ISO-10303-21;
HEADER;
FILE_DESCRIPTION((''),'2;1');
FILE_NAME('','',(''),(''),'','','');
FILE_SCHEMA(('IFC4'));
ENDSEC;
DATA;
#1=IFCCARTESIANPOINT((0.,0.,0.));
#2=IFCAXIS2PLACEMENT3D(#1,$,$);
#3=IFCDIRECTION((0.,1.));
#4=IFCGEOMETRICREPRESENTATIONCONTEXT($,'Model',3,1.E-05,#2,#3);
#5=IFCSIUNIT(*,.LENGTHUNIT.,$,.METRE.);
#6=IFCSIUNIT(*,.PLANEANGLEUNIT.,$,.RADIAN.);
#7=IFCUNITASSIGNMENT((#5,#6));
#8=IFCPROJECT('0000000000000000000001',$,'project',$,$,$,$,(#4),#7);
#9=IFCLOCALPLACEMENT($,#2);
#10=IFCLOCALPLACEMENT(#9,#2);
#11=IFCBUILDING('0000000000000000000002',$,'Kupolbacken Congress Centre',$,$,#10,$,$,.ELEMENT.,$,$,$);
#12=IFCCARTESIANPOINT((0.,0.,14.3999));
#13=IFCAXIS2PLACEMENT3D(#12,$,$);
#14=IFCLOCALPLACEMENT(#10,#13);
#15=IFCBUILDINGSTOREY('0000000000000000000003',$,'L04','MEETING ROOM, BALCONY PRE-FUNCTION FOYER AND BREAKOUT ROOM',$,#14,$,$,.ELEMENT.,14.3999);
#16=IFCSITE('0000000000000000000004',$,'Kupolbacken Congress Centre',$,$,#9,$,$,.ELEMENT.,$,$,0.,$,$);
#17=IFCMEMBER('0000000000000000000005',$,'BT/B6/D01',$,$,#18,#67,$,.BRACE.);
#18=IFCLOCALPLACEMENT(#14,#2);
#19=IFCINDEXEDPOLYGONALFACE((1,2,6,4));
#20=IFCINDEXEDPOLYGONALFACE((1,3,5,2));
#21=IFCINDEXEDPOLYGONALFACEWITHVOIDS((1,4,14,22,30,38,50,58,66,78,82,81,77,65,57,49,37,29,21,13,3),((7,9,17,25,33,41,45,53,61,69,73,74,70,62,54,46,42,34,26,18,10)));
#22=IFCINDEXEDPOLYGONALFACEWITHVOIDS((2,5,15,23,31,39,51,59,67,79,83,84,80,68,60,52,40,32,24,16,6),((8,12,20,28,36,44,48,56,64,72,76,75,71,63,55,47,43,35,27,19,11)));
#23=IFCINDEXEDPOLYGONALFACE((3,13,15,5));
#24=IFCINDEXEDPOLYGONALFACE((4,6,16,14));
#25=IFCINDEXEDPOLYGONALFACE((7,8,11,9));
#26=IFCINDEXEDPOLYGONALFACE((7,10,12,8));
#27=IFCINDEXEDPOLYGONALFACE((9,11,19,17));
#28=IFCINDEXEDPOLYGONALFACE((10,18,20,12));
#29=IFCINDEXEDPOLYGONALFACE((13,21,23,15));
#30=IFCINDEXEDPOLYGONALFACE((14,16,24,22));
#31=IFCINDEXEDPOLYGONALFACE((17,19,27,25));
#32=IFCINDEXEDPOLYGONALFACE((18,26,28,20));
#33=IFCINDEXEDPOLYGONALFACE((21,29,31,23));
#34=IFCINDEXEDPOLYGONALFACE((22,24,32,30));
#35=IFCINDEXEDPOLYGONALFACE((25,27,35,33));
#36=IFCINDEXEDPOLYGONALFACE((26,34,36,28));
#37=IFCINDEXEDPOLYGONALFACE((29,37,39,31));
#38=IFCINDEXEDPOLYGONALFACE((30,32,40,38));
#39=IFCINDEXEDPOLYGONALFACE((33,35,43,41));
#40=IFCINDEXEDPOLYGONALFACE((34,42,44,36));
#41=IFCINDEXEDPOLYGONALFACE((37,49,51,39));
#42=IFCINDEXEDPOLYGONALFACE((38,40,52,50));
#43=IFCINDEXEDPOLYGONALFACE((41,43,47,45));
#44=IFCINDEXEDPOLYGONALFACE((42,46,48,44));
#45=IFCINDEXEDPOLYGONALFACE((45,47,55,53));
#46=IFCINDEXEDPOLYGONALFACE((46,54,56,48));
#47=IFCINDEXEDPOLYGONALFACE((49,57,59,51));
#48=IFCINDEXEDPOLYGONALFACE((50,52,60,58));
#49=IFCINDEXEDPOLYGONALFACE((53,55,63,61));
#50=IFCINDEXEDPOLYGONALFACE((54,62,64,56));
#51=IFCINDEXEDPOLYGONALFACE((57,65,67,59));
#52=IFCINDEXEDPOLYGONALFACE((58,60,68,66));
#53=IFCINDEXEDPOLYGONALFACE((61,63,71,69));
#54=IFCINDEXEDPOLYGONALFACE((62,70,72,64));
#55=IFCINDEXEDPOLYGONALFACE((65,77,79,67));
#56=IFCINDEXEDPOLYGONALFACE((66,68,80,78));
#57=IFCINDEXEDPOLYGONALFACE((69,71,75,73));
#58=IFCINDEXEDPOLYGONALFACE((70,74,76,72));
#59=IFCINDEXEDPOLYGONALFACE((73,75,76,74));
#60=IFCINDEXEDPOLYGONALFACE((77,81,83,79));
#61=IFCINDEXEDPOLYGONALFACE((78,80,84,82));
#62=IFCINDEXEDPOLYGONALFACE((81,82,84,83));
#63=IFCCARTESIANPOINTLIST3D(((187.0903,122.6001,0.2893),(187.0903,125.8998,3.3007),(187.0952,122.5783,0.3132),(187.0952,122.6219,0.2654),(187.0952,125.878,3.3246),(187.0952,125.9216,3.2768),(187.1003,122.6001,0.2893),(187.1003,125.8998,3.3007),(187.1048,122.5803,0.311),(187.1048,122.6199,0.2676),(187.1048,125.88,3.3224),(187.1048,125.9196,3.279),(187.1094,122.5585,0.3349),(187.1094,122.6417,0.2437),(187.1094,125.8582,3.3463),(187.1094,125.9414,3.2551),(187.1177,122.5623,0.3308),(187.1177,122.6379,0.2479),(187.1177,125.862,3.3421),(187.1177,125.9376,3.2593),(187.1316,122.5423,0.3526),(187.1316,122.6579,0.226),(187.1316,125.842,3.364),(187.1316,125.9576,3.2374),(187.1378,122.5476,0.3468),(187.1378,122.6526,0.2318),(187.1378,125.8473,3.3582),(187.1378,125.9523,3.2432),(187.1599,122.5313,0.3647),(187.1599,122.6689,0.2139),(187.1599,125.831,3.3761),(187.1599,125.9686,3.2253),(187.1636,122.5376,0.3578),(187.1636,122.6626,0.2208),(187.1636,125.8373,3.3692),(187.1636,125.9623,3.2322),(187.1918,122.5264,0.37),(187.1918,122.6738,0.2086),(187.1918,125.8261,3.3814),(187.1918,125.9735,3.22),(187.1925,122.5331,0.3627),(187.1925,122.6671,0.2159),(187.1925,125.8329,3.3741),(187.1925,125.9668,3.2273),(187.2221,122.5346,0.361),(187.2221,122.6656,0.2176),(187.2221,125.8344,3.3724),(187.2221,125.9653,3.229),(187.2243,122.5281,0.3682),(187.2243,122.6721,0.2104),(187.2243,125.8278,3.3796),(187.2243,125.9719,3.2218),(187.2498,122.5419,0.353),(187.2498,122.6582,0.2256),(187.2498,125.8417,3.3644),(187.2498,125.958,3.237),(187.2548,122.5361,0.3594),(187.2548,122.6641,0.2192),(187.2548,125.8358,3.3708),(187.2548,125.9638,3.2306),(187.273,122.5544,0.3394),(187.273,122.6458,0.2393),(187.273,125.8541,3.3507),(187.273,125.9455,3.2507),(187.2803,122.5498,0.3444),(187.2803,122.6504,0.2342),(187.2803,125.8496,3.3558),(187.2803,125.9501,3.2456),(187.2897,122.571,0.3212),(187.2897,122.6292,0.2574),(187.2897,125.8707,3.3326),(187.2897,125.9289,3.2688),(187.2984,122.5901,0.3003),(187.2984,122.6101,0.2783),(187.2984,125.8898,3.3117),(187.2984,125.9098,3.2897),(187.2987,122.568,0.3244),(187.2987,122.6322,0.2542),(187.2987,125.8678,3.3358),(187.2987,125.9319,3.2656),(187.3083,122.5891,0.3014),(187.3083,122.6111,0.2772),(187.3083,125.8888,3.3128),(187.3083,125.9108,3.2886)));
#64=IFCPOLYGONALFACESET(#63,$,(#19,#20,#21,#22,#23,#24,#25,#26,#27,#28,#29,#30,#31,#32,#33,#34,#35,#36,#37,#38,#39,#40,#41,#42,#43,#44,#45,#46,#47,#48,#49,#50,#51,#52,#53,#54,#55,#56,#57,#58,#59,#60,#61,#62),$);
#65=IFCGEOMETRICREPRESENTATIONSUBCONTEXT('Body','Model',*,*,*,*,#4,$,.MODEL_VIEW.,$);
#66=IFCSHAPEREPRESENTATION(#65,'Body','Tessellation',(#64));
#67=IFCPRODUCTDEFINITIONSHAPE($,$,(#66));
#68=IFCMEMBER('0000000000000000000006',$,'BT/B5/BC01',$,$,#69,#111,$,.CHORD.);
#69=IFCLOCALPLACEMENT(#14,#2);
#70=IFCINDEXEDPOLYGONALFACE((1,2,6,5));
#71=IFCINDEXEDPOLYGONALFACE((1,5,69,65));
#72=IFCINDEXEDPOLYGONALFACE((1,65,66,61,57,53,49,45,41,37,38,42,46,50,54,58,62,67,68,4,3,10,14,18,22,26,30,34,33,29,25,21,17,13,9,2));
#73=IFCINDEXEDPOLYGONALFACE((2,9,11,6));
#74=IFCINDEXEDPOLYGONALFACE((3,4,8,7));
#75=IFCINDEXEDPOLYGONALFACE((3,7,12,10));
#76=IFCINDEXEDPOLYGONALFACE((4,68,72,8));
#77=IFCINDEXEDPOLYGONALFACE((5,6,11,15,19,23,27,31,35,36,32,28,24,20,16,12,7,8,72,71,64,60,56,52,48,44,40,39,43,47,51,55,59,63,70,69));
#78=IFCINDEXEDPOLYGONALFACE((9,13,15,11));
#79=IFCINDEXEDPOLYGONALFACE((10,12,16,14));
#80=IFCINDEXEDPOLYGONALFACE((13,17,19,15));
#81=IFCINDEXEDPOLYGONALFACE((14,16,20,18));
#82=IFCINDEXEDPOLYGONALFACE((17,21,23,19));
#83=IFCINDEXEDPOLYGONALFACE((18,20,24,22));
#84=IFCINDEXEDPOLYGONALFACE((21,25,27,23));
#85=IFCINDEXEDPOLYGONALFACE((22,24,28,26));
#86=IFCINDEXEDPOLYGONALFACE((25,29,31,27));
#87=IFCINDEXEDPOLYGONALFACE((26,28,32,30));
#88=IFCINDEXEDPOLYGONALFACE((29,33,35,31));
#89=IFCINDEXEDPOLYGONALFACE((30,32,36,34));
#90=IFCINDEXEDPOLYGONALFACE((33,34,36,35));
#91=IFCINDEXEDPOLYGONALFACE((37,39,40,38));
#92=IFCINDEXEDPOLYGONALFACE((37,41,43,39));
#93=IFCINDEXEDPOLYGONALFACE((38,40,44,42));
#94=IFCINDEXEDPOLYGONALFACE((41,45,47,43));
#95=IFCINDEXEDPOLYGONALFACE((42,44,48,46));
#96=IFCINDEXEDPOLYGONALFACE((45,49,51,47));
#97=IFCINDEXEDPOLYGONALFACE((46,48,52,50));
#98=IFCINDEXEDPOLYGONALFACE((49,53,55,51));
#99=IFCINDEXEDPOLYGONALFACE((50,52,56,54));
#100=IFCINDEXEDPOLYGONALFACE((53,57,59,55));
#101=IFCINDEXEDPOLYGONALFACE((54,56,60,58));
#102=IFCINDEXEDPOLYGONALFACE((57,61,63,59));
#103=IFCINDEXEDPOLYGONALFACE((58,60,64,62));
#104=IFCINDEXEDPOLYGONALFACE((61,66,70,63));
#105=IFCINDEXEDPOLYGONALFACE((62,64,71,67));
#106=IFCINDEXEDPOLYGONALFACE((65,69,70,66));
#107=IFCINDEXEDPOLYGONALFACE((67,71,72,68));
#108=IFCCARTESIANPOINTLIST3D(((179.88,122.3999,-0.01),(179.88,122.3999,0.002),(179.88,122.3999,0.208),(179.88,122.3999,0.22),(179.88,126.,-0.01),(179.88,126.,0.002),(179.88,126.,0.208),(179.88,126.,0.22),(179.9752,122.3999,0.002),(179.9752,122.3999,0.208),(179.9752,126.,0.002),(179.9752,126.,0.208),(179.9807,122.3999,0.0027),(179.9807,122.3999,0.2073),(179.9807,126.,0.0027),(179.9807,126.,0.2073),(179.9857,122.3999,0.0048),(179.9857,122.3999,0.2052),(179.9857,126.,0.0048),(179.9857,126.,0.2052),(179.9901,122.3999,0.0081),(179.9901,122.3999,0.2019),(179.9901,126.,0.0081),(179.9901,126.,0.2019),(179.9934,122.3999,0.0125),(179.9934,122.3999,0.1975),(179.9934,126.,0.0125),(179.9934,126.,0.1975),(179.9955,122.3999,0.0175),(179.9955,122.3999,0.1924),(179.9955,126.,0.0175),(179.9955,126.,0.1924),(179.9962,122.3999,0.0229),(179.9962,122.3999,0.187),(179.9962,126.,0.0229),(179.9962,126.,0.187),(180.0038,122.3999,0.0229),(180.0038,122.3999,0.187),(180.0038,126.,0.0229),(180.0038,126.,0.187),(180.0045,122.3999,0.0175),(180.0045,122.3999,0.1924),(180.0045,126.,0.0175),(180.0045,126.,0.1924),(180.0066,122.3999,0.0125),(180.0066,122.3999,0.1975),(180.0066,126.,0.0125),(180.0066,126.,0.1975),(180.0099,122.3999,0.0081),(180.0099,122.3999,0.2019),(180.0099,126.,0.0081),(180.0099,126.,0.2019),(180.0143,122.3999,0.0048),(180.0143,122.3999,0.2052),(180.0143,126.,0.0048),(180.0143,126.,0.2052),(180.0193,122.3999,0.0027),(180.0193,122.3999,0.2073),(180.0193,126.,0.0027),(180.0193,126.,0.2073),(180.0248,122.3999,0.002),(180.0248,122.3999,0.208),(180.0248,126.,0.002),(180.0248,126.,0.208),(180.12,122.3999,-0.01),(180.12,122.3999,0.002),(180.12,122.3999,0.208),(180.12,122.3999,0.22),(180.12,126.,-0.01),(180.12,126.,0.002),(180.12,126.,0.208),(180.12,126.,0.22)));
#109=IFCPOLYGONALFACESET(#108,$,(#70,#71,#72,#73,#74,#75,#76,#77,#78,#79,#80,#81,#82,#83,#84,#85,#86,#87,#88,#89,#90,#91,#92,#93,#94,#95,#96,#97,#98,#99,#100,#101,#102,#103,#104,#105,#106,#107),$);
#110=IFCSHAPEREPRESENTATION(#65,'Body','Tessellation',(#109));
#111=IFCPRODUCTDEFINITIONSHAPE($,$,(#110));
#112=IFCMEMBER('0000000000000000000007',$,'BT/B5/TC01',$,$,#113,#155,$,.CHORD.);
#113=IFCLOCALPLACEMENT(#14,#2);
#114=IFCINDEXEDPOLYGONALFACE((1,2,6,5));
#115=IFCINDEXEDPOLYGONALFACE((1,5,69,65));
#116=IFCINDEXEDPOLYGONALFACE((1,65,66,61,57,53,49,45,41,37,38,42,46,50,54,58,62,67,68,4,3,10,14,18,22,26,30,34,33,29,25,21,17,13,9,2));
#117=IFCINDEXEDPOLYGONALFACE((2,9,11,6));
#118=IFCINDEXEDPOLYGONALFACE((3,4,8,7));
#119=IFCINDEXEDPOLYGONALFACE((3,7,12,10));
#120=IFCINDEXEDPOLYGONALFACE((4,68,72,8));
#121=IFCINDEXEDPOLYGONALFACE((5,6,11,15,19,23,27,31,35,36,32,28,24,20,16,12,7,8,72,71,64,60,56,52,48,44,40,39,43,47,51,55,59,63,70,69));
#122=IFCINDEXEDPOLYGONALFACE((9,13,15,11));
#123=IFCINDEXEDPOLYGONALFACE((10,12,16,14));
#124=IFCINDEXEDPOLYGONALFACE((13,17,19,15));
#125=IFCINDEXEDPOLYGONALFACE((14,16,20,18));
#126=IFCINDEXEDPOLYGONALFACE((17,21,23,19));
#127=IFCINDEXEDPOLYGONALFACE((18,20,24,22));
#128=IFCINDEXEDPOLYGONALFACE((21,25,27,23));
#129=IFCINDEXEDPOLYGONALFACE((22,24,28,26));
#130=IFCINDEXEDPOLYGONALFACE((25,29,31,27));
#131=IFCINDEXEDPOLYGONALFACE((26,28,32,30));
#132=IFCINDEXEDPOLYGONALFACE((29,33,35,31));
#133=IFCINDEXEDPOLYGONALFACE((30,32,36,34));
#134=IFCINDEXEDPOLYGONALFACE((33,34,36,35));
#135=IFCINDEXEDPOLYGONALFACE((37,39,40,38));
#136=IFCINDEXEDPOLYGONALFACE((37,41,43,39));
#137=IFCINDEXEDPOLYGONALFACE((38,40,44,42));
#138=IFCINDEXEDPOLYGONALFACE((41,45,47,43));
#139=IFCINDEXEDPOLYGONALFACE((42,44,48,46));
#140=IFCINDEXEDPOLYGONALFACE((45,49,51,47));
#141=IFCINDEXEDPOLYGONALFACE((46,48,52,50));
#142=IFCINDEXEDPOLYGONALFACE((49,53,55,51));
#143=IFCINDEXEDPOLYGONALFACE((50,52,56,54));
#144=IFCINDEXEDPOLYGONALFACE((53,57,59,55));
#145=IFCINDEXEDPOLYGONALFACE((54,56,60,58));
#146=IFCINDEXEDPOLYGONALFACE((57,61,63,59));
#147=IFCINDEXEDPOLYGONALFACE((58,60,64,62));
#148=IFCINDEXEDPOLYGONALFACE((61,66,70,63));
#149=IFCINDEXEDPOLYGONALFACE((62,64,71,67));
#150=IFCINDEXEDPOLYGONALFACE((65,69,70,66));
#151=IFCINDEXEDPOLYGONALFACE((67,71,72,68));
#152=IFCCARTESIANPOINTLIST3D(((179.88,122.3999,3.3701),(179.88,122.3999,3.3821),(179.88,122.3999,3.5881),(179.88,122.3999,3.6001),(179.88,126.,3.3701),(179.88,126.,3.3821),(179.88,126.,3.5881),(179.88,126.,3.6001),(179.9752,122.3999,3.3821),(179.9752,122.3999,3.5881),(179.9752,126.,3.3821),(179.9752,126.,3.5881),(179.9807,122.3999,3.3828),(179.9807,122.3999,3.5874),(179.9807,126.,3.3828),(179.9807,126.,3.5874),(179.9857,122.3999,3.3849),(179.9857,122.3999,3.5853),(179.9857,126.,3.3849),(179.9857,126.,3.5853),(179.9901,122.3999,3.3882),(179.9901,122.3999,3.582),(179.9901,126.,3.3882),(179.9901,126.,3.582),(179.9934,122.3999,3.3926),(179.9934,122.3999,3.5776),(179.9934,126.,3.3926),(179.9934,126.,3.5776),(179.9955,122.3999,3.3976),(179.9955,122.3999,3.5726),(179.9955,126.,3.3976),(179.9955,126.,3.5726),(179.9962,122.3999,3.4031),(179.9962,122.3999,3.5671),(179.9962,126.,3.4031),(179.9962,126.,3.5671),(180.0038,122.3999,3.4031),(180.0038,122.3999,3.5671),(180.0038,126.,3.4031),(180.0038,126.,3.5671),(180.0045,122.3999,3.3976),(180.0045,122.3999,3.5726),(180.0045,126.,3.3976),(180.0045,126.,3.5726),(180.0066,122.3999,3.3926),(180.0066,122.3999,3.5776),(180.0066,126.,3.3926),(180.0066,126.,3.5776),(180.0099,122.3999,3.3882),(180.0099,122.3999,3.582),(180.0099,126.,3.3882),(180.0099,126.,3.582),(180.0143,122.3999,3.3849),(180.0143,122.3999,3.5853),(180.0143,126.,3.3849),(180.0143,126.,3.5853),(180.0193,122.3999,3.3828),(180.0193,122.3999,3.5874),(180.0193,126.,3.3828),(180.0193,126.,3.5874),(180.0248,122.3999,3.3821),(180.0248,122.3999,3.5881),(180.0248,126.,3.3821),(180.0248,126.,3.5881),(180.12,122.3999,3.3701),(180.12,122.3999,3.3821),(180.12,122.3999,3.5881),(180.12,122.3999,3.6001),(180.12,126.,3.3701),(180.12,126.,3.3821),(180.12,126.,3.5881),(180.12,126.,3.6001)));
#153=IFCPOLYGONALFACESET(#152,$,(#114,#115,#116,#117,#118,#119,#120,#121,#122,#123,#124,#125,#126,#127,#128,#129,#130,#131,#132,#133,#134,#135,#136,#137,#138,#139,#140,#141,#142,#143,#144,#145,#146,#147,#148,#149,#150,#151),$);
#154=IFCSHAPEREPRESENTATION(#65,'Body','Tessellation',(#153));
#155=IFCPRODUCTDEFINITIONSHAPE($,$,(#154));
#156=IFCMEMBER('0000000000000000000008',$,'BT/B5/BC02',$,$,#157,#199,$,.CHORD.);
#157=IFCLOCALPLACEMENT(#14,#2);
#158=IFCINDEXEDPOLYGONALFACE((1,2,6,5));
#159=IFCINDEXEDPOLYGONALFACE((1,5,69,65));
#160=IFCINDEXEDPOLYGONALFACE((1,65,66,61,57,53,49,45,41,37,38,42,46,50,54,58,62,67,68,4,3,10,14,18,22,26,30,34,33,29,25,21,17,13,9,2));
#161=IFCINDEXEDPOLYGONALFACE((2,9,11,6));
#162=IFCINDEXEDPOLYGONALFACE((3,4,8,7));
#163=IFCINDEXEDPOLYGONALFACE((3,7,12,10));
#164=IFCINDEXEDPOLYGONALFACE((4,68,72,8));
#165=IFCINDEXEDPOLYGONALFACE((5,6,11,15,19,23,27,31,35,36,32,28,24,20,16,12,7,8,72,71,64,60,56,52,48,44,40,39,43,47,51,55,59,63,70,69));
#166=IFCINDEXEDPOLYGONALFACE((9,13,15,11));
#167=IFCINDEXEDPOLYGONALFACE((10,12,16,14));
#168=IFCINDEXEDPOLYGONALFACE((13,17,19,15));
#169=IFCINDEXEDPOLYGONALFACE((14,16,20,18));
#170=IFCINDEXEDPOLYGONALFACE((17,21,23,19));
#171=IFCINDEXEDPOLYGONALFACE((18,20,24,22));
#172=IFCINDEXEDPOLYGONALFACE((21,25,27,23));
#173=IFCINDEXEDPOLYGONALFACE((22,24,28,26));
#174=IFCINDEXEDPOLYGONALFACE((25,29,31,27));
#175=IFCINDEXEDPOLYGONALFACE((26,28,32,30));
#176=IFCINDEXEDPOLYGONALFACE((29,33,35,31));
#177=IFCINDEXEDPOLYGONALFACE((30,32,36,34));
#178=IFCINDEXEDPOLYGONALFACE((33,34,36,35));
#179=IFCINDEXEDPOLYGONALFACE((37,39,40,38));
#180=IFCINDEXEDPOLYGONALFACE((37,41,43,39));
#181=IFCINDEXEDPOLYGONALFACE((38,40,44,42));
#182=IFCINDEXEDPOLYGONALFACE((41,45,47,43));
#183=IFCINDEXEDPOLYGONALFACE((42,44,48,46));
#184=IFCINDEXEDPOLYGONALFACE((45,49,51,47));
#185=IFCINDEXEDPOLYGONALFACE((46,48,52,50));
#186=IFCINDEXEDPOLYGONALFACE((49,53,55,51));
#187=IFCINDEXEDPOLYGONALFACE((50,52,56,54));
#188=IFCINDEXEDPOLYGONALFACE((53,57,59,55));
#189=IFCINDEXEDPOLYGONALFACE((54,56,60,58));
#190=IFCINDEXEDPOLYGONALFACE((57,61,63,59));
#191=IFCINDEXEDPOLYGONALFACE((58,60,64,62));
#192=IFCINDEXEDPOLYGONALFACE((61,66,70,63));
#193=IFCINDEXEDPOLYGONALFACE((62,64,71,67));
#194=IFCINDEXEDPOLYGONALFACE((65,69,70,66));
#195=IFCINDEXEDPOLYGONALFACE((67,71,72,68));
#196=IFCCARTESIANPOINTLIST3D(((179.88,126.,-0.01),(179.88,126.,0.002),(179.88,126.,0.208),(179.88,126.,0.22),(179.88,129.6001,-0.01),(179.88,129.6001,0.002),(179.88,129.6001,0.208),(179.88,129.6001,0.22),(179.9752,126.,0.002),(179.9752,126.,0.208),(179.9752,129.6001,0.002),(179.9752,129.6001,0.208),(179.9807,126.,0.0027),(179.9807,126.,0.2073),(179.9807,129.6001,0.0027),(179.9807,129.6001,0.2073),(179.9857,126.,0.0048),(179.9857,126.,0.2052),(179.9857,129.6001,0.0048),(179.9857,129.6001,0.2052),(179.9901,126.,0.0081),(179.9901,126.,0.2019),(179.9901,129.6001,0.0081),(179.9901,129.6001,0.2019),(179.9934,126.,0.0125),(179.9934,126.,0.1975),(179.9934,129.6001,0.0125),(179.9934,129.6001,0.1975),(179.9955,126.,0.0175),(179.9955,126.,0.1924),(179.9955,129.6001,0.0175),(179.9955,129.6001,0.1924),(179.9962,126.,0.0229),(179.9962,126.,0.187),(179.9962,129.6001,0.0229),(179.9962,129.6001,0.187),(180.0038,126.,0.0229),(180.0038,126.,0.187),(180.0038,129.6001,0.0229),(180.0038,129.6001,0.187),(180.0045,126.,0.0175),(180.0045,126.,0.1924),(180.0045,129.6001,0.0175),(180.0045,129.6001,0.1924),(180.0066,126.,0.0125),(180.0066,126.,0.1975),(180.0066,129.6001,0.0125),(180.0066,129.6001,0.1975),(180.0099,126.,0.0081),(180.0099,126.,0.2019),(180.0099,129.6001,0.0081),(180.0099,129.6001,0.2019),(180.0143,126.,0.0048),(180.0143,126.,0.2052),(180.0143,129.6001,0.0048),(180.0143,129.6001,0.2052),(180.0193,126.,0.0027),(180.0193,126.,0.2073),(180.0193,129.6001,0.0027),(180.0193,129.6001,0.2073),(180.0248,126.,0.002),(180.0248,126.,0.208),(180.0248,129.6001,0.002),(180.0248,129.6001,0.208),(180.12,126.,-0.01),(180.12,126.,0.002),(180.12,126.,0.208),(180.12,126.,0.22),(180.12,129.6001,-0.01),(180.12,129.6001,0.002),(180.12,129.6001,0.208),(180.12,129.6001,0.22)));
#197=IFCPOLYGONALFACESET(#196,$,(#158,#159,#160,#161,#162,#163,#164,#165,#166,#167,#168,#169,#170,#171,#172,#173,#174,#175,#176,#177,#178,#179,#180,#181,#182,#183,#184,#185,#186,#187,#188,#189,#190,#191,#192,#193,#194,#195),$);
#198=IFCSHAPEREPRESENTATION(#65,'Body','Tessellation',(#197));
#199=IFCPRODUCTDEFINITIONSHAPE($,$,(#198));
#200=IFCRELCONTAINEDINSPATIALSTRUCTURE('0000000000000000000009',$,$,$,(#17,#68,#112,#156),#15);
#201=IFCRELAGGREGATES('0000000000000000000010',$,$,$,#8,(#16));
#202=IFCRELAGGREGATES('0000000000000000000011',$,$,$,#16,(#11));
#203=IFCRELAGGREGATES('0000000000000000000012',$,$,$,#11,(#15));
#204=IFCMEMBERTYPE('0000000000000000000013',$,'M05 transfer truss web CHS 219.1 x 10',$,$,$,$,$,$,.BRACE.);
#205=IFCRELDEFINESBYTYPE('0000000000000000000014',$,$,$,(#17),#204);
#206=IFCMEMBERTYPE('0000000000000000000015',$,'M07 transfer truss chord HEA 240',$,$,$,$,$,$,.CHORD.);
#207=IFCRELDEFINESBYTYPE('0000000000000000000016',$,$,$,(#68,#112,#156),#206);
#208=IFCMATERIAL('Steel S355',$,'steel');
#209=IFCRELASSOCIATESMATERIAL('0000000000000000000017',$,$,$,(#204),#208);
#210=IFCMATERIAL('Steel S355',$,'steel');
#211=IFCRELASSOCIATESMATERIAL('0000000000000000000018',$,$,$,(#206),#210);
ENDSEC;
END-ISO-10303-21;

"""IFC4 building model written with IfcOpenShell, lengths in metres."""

from ifc_helpers import new_model, si_unit, direction, frame, origin, origin_2d, place, context, subcontext, project, spatial, hollow_circle, i_section, extrude, material, material_profile, profile_set, type_object, element, save


model = new_model("IFC4")

# Units and contexts
model_context = context("Model", 3, precision=1e-05, world=origin(), true_north=direction((0.0, 1.0)))
body_context = subcontext(model_context, "Body", "Model", "MODEL_VIEW")
ifc_project = project(units=[si_unit("LENGTHUNIT", "METRE"), si_unit("PLANEANGLEUNIT", "RADIAN")], contexts=[model_context])

# Site, building, storey
site_placement = place(None, origin())
site = spatial("IfcSite", under=ifc_project, at=site_placement, Name="Kupolbacken Congress Centre", CompositionType="ELEMENT", RefElevation=0.0)
building_placement = place(site_placement, origin())
building = spatial("IfcBuilding", under=site, at=building_placement, Name="Kupolbacken Congress Centre", CompositionType="ELEMENT")
storey_placement = place(building_placement, frame((0.0, 0.0, 14.3999)))
storey = spatial("IfcBuildingStorey", under=building, at=storey_placement, Name="L04", Description="MEETING ROOM, BALCONY PRE-FUNCTION FOYER AND BREAKOUT ROOM", CompositionType="ELEMENT", Elevation=14.3999)

# Members
ifc_material_1 = material(Name="Steel S355", Category="steel")
ifc_material_profile_1 = material_profile(ifc_material_1, hollow_circle(Radius=0.1096, WallThickness=0.01, at=origin_2d()), Name="CHS 219.1 x 10")
ifc_profile_set_1 = profile_set([ifc_material_profile_1], Name="Steel S355")
member_type_1 = type_object("IfcMemberType", Name="M05 transfer truss web CHS 219.1 x 10", PredefinedType="BRACE", material=ifc_profile_set_1)
for number, where, z_axis, x_axis, name in (
    (1, (187.2, 122.6001, 0.2893), (0.0, 0.73864, 0.6741), (-1.0, 0.0, 0.0), "BT/B6/D01"),
):
    element("IfcMember", number, at=place(storey_placement, frame(where, z_axis=z_axis, x_axis=x_axis)), inside=storey, type_object=member_type_1, Name=name, PredefinedType="BRACE", context=body_context, shape_type="SweptSolid", body=[
        extrude(hollow_circle(Radius=0.1096, WallThickness=0.01, at=origin_2d()), origin(), (0.0, 0.0, 1.0), 4.4673),
    ])
ifc_material_2 = material(Name="Steel S355", Category="steel")
ifc_material_profile_2 = material_profile(ifc_material_2, i_section(OverallWidth=0.24, OverallDepth=0.23, WebThickness=0.0076, FlangeThickness=0.012, FilletRadius=0.021, at=origin_2d()), Name="HEA 240")
ifc_profile_set_2 = profile_set([ifc_material_profile_2], Name="Steel S355")
member_type_2 = type_object("IfcMemberType", Name="M07 transfer truss chord HEA 240", PredefinedType="CHORD", material=ifc_profile_set_2)
for number, where, z_axis, x_axis, name in (
    (2, (180.0, 122.3999, 0.105), (0.0, 1.0, 0.0), (-1.0, 0.0, 0.0), "BT/B5/BC01"),
    (3, (180.0, 122.3999, 3.4851), (0.0, 1.0, 0.0), (-1.0, 0.0, 0.0), "BT/B5/TC01"),
    (4, (180.0, 126.0, 0.105), (0.0, 1.0, 0.0), (-1.0, 0.0, 0.0), "BT/B5/BC02"),
):
    element("IfcMember", number, at=place(storey_placement, frame(where, z_axis=z_axis, x_axis=x_axis)), inside=storey, type_object=member_type_2, Name=name, PredefinedType="CHORD", context=body_context, shape_type="SweptSolid", body=[
        extrude(i_section(OverallWidth=0.24, OverallDepth=0.23, WebThickness=0.0076, FlangeThickness=0.012, FilletRadius=0.021, at=origin_2d()), origin(), (0.0, 0.0, 1.0), 3.6001),
    ])

save(model, "model.ifc")
